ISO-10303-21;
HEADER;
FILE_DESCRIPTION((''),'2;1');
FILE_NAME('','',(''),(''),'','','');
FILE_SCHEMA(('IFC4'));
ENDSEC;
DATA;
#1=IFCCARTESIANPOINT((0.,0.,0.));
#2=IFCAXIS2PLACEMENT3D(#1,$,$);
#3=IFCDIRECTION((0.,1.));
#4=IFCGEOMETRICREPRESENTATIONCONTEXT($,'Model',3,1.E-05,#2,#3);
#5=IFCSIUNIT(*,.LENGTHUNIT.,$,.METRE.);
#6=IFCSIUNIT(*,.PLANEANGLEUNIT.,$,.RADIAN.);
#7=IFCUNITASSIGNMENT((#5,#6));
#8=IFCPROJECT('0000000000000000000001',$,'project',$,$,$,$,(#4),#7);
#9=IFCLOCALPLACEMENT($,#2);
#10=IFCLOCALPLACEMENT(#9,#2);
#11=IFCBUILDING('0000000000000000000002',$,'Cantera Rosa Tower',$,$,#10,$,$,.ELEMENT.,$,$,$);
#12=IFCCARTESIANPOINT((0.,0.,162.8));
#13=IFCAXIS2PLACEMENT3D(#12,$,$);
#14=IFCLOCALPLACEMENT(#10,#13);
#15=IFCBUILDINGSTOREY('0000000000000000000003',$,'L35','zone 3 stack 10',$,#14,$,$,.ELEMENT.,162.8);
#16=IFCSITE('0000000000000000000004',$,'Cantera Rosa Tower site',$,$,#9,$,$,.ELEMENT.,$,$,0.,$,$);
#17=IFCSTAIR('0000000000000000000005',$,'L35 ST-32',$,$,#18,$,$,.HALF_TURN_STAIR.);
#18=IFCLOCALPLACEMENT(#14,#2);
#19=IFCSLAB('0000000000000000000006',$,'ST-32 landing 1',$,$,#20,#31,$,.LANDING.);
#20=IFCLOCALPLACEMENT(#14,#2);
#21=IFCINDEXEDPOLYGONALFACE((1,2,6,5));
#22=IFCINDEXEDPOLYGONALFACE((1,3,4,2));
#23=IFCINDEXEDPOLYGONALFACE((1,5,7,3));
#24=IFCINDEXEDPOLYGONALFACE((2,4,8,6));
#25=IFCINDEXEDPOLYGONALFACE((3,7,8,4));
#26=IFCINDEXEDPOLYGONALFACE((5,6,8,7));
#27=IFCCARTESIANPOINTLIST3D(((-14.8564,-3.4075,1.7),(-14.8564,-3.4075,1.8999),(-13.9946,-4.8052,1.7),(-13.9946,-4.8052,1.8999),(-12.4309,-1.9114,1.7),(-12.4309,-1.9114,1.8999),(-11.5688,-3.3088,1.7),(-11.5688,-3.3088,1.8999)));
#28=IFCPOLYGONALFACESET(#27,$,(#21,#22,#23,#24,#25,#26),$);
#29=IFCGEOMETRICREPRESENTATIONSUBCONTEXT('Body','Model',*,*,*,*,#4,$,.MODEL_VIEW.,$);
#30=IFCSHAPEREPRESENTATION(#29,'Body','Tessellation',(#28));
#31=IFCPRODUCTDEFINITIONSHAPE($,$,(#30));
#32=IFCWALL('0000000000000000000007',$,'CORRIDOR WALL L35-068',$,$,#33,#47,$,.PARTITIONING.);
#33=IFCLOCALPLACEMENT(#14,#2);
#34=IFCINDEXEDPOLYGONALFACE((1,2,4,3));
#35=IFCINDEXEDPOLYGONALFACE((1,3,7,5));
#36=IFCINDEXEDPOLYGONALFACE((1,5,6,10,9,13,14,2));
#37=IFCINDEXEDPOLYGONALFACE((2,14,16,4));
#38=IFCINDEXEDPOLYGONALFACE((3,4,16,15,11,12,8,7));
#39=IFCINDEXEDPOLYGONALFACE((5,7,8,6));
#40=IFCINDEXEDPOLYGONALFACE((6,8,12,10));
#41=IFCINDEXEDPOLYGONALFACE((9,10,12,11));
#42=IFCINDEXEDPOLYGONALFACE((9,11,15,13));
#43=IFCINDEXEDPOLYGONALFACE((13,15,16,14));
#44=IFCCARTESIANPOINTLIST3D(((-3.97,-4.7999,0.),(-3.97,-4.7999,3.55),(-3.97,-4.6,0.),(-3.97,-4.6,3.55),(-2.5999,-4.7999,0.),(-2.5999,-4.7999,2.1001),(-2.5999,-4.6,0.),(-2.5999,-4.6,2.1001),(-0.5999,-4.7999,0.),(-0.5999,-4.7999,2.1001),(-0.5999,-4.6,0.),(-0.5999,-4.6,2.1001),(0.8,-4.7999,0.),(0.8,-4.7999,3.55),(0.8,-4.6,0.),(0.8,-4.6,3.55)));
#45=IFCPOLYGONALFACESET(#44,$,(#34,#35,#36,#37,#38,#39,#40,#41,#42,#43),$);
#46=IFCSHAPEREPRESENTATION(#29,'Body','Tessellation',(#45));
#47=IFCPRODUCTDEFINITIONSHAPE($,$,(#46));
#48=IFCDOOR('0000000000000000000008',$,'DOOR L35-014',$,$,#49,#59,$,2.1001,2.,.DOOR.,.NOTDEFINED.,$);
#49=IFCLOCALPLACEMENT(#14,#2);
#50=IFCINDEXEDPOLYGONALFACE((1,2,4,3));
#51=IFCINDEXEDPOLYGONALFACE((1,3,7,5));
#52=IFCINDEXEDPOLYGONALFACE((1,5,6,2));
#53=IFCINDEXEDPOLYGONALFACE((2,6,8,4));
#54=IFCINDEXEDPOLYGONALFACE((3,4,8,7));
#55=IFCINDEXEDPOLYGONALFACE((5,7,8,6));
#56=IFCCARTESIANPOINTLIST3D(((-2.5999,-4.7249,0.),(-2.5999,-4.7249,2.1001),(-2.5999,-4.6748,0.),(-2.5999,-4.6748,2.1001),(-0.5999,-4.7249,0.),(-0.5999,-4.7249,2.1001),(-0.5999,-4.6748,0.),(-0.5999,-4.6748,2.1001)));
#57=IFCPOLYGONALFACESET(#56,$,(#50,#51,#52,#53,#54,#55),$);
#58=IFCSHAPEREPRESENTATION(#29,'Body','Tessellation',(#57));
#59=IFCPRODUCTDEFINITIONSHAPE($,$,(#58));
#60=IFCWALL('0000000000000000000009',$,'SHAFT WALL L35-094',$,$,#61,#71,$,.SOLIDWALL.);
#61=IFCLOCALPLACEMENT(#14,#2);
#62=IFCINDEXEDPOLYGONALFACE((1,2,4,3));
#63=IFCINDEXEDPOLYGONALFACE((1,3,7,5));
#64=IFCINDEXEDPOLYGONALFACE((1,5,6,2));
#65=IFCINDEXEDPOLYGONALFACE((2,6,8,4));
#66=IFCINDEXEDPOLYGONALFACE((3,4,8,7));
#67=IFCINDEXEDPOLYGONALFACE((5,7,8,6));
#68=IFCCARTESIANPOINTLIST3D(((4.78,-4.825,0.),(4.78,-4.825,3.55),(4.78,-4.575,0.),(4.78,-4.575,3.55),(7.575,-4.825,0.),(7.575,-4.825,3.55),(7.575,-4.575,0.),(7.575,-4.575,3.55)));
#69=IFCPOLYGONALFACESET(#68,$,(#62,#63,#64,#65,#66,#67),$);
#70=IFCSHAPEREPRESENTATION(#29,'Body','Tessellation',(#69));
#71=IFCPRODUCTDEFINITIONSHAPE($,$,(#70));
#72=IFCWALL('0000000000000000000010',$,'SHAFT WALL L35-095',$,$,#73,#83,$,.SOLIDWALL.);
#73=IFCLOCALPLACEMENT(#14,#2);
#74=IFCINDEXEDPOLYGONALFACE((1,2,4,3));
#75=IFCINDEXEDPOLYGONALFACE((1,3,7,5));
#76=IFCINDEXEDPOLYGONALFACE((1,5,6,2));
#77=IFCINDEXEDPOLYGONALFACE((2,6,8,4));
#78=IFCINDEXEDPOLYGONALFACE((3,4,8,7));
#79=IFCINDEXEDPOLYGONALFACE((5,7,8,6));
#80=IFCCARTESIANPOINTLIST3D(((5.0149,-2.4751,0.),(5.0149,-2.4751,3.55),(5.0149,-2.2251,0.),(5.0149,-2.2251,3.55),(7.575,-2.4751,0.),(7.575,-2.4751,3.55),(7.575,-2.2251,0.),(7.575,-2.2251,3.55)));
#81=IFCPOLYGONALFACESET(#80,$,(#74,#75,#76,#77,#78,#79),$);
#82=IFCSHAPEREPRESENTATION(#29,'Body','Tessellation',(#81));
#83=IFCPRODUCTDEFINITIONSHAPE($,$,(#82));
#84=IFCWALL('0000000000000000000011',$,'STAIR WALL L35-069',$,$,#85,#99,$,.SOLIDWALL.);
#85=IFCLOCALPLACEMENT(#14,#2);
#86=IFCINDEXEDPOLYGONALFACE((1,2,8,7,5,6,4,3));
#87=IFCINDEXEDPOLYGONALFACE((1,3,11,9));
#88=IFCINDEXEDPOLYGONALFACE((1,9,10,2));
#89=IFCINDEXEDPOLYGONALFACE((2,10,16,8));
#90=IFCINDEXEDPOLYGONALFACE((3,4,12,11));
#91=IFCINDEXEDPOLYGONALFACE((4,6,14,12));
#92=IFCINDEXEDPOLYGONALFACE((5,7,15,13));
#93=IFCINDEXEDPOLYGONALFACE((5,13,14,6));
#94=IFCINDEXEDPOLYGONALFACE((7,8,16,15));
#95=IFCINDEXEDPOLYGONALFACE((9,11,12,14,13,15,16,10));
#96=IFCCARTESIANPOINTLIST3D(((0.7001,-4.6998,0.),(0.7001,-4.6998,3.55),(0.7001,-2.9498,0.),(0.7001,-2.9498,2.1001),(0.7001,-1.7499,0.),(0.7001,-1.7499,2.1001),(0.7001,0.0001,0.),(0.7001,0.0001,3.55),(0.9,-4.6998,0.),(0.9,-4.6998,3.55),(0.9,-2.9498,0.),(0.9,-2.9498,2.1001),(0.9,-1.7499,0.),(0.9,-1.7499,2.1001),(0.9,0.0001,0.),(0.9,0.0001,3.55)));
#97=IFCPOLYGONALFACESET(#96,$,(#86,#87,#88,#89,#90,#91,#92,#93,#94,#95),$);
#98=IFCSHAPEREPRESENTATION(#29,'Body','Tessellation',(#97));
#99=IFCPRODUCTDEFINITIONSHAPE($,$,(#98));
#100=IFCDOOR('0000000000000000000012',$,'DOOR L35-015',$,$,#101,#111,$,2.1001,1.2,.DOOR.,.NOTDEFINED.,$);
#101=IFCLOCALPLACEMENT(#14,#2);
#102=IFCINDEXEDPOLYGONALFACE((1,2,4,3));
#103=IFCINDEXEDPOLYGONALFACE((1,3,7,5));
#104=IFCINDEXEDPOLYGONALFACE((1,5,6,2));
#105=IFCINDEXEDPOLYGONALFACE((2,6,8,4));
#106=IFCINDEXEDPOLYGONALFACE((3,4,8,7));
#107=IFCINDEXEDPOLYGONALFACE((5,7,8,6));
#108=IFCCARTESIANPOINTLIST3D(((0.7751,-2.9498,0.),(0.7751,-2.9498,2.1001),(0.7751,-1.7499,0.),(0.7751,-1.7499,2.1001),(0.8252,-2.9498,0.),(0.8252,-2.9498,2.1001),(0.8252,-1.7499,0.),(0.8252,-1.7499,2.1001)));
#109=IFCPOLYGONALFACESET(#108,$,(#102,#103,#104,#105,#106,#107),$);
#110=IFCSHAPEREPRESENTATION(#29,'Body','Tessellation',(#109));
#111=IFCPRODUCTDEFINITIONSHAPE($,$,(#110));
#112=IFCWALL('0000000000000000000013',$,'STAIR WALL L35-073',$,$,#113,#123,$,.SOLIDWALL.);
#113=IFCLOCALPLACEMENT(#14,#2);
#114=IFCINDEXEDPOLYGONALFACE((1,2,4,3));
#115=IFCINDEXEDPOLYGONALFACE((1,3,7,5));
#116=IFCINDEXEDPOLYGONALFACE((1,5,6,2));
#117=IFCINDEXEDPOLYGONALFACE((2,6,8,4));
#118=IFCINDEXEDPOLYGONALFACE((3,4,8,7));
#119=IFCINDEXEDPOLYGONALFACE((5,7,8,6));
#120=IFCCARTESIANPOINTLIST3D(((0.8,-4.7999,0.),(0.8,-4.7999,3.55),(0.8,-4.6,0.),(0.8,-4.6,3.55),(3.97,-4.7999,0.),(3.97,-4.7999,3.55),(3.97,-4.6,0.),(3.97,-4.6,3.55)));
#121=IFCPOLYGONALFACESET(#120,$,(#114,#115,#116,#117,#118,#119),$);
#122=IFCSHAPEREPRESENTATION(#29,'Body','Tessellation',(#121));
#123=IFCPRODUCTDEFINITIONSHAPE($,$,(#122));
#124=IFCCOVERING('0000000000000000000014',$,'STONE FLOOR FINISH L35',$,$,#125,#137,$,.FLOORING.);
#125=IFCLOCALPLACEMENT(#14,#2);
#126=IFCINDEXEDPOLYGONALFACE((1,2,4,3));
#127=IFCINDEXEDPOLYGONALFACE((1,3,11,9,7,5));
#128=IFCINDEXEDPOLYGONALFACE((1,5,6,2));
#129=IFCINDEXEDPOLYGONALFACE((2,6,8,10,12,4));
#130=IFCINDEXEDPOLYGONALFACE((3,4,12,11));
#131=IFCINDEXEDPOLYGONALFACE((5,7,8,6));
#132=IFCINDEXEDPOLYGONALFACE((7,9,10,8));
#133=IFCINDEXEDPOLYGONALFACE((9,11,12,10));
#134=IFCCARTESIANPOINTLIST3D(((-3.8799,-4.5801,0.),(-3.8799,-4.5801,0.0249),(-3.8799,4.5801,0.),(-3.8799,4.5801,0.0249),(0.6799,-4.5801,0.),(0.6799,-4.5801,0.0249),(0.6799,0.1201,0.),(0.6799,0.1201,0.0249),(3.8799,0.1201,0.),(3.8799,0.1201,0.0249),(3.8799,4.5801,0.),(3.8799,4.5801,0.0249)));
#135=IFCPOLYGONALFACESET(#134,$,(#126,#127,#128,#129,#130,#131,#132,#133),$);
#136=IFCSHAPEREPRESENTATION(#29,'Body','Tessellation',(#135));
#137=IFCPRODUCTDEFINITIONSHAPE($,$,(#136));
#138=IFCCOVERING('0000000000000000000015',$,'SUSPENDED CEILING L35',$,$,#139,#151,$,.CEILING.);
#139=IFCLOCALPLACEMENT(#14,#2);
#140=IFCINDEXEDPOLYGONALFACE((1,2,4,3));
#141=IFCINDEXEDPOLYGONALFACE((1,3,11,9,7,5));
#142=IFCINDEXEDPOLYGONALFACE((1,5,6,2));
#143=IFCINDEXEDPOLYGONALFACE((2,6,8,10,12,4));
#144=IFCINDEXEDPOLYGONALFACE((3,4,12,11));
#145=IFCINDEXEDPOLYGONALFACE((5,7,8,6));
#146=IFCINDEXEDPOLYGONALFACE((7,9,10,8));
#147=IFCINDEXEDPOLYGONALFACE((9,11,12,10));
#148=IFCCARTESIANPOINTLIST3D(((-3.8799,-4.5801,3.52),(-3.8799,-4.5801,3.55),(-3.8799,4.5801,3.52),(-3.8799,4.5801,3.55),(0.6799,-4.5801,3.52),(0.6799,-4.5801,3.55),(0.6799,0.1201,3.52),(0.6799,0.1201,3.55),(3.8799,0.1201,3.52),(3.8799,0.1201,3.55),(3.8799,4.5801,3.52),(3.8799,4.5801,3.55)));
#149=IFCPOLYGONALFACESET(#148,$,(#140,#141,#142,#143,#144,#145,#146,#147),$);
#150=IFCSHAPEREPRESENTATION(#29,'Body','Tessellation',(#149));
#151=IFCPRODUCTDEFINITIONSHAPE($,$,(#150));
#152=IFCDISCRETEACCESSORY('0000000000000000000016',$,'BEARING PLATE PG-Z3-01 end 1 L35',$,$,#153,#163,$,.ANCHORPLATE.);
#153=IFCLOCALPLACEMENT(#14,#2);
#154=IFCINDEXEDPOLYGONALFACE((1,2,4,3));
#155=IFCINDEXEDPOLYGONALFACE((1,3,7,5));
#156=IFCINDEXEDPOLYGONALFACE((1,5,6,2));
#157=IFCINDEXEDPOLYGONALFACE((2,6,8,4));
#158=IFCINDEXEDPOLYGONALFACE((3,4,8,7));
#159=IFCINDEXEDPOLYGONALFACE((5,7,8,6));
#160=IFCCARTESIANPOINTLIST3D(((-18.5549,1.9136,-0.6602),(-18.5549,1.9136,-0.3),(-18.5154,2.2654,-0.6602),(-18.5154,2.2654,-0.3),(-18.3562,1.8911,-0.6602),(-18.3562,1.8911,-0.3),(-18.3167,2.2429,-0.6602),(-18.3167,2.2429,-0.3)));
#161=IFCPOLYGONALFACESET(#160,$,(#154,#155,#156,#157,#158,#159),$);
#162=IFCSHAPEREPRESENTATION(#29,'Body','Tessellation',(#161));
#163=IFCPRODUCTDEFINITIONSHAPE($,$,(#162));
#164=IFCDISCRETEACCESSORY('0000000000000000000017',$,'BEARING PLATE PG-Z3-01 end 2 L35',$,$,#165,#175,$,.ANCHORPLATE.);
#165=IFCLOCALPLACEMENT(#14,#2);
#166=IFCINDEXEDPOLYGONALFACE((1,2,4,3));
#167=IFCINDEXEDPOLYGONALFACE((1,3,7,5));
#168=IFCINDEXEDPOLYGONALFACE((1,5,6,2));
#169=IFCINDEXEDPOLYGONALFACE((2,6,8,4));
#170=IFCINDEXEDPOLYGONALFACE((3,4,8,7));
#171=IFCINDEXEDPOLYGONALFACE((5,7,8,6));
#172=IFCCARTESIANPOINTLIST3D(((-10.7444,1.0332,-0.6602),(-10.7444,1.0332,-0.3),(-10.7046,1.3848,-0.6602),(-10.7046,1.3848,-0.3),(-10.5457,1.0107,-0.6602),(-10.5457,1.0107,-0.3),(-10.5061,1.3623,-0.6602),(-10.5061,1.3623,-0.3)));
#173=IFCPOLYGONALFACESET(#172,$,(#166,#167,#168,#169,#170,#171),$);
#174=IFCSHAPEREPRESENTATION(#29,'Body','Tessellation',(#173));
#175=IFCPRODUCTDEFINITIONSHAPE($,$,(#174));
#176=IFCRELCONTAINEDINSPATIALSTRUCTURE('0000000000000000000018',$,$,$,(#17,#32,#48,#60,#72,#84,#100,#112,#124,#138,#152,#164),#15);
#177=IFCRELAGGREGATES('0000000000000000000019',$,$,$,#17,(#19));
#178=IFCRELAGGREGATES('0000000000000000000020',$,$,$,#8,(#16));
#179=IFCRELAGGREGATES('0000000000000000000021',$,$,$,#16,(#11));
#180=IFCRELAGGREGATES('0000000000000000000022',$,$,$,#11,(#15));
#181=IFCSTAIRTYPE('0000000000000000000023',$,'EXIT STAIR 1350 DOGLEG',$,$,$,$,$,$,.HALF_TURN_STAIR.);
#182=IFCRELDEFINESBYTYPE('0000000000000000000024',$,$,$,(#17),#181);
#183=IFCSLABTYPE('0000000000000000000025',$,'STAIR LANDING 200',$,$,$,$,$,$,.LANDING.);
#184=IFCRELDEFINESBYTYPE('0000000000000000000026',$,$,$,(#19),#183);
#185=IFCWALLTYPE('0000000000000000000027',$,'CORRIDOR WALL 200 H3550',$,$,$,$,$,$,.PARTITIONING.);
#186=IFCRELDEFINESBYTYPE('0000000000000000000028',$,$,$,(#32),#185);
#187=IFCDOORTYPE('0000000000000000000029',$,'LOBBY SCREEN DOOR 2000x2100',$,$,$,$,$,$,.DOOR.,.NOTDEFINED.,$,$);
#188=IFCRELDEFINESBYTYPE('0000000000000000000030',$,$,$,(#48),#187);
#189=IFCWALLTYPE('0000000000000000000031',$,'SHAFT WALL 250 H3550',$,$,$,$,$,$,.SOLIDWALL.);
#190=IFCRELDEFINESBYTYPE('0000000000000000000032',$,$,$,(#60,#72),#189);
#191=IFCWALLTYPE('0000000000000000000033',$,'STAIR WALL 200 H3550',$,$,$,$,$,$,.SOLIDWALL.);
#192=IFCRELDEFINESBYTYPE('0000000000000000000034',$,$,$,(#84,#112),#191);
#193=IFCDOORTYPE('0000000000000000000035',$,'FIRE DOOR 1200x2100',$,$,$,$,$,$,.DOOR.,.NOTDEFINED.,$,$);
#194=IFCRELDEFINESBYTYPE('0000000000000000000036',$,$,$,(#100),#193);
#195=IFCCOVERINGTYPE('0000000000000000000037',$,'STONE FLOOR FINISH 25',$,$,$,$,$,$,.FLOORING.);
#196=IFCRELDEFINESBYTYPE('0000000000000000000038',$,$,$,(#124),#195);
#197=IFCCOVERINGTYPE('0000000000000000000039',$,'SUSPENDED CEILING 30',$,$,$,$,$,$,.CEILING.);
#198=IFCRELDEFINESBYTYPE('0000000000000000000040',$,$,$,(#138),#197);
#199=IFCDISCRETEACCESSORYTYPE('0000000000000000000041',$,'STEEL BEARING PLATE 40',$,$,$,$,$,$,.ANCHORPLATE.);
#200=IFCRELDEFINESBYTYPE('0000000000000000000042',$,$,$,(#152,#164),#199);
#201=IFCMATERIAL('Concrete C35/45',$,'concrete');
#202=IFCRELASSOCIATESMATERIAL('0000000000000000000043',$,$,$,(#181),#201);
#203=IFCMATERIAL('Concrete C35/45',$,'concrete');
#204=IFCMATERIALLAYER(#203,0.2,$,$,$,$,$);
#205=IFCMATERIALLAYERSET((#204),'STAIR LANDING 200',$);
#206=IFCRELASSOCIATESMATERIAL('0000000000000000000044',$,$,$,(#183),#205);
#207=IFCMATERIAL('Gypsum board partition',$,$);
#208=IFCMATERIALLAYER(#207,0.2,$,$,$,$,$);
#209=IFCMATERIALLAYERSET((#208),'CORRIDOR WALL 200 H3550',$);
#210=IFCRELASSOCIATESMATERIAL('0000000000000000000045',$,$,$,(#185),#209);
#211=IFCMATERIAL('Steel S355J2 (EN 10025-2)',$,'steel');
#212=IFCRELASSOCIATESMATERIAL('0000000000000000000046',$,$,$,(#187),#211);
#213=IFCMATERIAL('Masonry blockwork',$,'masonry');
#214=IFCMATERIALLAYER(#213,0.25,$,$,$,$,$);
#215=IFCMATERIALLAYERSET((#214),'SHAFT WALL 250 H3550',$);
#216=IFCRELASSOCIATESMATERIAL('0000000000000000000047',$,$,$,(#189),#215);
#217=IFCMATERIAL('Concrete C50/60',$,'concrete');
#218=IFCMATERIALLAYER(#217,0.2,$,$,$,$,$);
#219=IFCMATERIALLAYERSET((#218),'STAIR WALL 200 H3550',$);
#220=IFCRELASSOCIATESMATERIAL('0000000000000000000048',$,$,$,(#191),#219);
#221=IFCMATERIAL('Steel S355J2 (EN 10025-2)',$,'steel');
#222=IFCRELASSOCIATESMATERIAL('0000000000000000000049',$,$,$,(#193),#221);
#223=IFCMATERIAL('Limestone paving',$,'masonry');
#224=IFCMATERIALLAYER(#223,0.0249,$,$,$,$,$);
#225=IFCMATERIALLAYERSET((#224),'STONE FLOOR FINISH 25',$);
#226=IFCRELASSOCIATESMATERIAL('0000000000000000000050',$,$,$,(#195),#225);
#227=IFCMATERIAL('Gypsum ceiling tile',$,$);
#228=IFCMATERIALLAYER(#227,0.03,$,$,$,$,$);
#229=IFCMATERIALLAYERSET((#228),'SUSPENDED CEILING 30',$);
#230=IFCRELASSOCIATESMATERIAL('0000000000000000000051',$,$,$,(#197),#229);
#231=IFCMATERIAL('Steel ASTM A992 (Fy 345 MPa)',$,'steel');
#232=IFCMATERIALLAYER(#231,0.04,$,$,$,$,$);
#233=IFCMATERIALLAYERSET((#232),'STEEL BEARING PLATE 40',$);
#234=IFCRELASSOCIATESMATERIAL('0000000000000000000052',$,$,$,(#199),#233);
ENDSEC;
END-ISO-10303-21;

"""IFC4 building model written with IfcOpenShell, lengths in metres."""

from ifc_helpers import new_model, si_unit, direction, frame, frame_2d, origin, place, context, subcontext, project, spatial, polyline, rectangle, outline, extrude, material, layer, layer_set, type_object, element, fill, aggregate, save


model = new_model("IFC4")

# Units and contexts
model_context = context("Model", 3, precision=1e-05, world=origin(), true_north=direction((0.0, 1.0)))
body_context = subcontext(model_context, "Body", "Model", "MODEL_VIEW")
ifc_project = project(units=[si_unit("LENGTHUNIT", "METRE"), si_unit("PLANEANGLEUNIT", "RADIAN")], contexts=[model_context])

# Site, building, storey
site_placement = place(None, origin())
site = spatial("IfcSite", under=ifc_project, at=site_placement, Name="Cantera Rosa Tower site", CompositionType="ELEMENT", RefElevation=0.0)
building_placement = place(site_placement, origin())
building = spatial("IfcBuilding", under=site, at=building_placement, Name="Cantera Rosa Tower", CompositionType="ELEMENT")
storey_placement = place(building_placement, frame((0.0, 0.0, 162.8)))
storey = spatial("IfcBuildingStorey", under=building, at=storey_placement, Name="L35", Description="zone 3 stack 10", CompositionType="ELEMENT", Elevation=162.8)

# Stair, slab
ifc_material_1 = material(Name="Concrete C35/45", Category="concrete")
stair_type = type_object("IfcStairType", Name="EXIT STAIR 1350 DOGLEG", PredefinedType="HALF_TURN_STAIR", material=ifc_material_1)
ifc_material_2 = material(Name="Concrete C35/45", Category="concrete")
ifc_layer_1 = layer(ifc_material_2, 0.2)
ifc_layer_set_1 = layer_set([ifc_layer_1], Name="STAIR LANDING 200")
slab_type_1 = type_object("IfcSlabType", Name="STAIR LANDING 200", PredefinedType="LANDING", material=ifc_layer_set_1)
stair_1_placement = place(storey_placement, origin())
stair_1 = element("IfcStair", 1, at=stair_1_placement, inside=storey, type_object=stair_type, Name="L35 ST-32", PredefinedType="HALF_TURN_STAIR")
slab_1_placement = place(storey_placement, frame((0.0, 0.0, 1.7)))
slab_1 = element("IfcSlab", 2, at=slab_1_placement, type_object=slab_type_1, Name="ST-32 landing 1", PredefinedType="LANDING", context=body_context, shape_type="SweptSolid", body=[
    extrude(outline(polyline([(-11.5688, -3.3088), (-12.4309, -1.9114), (-14.8564, -3.4075), (-13.9946, -4.8052), (-11.5688, -3.3088)])), origin(), (0.0, 0.0, 1.0), 0.2),
])
aggregate(stair_1, [slab_1])

# Wall, opening, door
ifc_material_3 = material(Name="Gypsum board partition")
ifc_layer_2 = layer(ifc_material_3, 0.2)
ifc_layer_set_2 = layer_set([ifc_layer_2], Name="CORRIDOR WALL 200 H3550")
wall_type_1 = type_object("IfcWallType", Name="CORRIDOR WALL 200 H3550", PredefinedType="PARTITIONING", material=ifc_layer_set_2)
wall_1_placement = place(storey_placement, frame((0.8, -4.7, 0.0), z_axis=(0.0, 0.0, 1.0), x_axis=(-1.0, 0.0, 0.0)))
wall_1 = element("IfcWall", 3, at=wall_1_placement, inside=storey, type_object=wall_type_1, Name="CORRIDOR WALL L35-068", PredefinedType="PARTITIONING", context=body_context, shape_type="SweptSolid", body=[
    extrude(rectangle(XDim=4.77, YDim=0.2, at=frame_2d((2.385, 0.0))), origin(), (0.0, 0.0, 1.0), 3.55),
])
opening_1_placement = place(wall_1_placement, frame((1.3999, 0.0, 0.0)))
opening_1 = element("IfcOpeningElement", 4, at=opening_1_placement, cuts=wall_1, PredefinedType="OPENING", context=body_context, shape_type="SweptSolid", body=[
    extrude(rectangle(XDim=2.0, YDim=2.1001, at=frame_2d((1.0, 1.05))), frame((0.0, 0.1099, 0.0), z_axis=(0.0, -1.0, 0.0), x_axis=(1.0, 0.0, 0.0)), (0.0, 0.0, 1.0), 0.22),
])
ifc_material_4 = material(Name="Steel S355J2 (EN 10025-2)", Category="steel")
door_type_1 = type_object("IfcDoorType", Name="LOBBY SCREEN DOOR 2000x2100", OperationType="NOTDEFINED", PredefinedType="DOOR", material=ifc_material_4)
door_1_placement = place(opening_1_placement, origin())
door_1 = element("IfcDoor", 5, at=door_1_placement, inside=storey, type_object=door_type_1, Name="DOOR L35-014", OperationType="NOTDEFINED", OverallHeight=2.1001, OverallWidth=2.0, PredefinedType="DOOR", context=body_context, shape_type="SweptSolid", body=[
    extrude(rectangle(XDim=2.0, YDim=2.1001, at=frame_2d((1.0, 1.05))), frame((0.0, 0.0249, 0.0), z_axis=(0.0, -1.0, 0.0), x_axis=(1.0, 0.0, 0.0)), (0.0, 0.0, 1.0), 0.05),
])
fill(opening_1, door_1)

# Walls
ifc_material_5 = material(Name="Masonry blockwork", Category="masonry")
ifc_layer_3 = layer(ifc_material_5, 0.25)
ifc_layer_set_3 = layer_set([ifc_layer_3], Name="SHAFT WALL 250 H3550")
wall_type_2 = type_object("IfcWallType", Name="SHAFT WALL 250 H3550", PredefinedType="SOLIDWALL", material=ifc_layer_set_3)
wall_2_placement = place(storey_placement, frame((7.575, -4.7, 0.0), z_axis=(0.0, 0.0, 1.0), x_axis=(-1.0, 0.0, 0.0)))
element("IfcWall", 6, at=wall_2_placement, inside=storey, type_object=wall_type_2, Name="SHAFT WALL L35-094", PredefinedType="SOLIDWALL", context=body_context, shape_type="SweptSolid", body=[
    extrude(rectangle(XDim=2.7949, YDim=0.25, at=frame_2d((1.3975, 0.0))), origin(), (0.0, 0.0, 1.0), 3.55),
])
wall_3_placement = place(storey_placement, frame((7.575, -2.3501, 0.0), z_axis=(0.0, 0.0, 1.0), x_axis=(-1.0, 0.0, 0.0)))
element("IfcWall", 7, at=wall_3_placement, inside=storey, type_object=wall_type_2, Name="SHAFT WALL L35-095", PredefinedType="SOLIDWALL", context=body_context, shape_type="SweptSolid", body=[
    extrude(rectangle(XDim=2.5601, YDim=0.25, at=frame_2d((1.28, 0.0))), origin(), (0.0, 0.0, 1.0), 3.55),
])

# Wall, opening, door
ifc_material_6 = material(Name="Concrete C50/60", Category="concrete")
ifc_layer_4 = layer(ifc_material_6, 0.2)
ifc_layer_set_4 = layer_set([ifc_layer_4], Name="STAIR WALL 200 H3550")
wall_type_3 = type_object("IfcWallType", Name="STAIR WALL 200 H3550", PredefinedType="SOLIDWALL", material=ifc_layer_set_4)
wall_4_placement = place(storey_placement, frame((0.8, -4.7, 0.0), z_axis=(0.0, 0.0, 1.0), x_axis=(0.0, 1.0, 0.0)))
wall_4 = element("IfcWall", 8, at=wall_4_placement, inside=storey, type_object=wall_type_3, Name="STAIR WALL L35-069", PredefinedType="SOLIDWALL", context=body_context, shape_type="SweptSolid", body=[
    extrude(rectangle(XDim=4.7, YDim=0.2, at=frame_2d((2.3501, 0.0))), origin(), (0.0, 0.0, 1.0), 3.55),
])
opening_2_placement = place(wall_4_placement, frame((1.75, 0.0, 0.0)))
opening_2 = element("IfcOpeningElement", 9, at=opening_2_placement, cuts=wall_4, PredefinedType="OPENING", context=body_context, shape_type="SweptSolid", body=[
    extrude(rectangle(XDim=1.2, YDim=2.1001, at=frame_2d((0.6001, 1.05))), frame((0.0, 0.1099, 0.0), z_axis=(0.0, -1.0, 0.0), x_axis=(1.0, 0.0, 0.0)), (0.0, 0.0, 1.0), 0.22),
])
ifc_material_7 = material(Name="Steel S355J2 (EN 10025-2)", Category="steel")
door_type_2 = type_object("IfcDoorType", Name="FIRE DOOR 1200x2100", OperationType="NOTDEFINED", PredefinedType="DOOR", material=ifc_material_7)
door_2_placement = place(opening_2_placement, origin())
door_2 = element("IfcDoor", 10, at=door_2_placement, inside=storey, type_object=door_type_2, Name="DOOR L35-015", OperationType="NOTDEFINED", OverallHeight=2.1001, OverallWidth=1.2, PredefinedType="DOOR", context=body_context, shape_type="SweptSolid", body=[
    extrude(rectangle(XDim=1.2, YDim=2.1001, at=frame_2d((0.6001, 1.05))), frame((0.0, 0.0249, 0.0), z_axis=(0.0, -1.0, 0.0), x_axis=(1.0, 0.0, 0.0)), (0.0, 0.0, 1.0), 0.05),
])
fill(opening_2, door_2)

# Wall
wall_5_placement = place(storey_placement, frame((3.97, -4.7, 0.0), z_axis=(0.0, 0.0, 1.0), x_axis=(-1.0, 0.0, 0.0)))
element("IfcWall", 11, at=wall_5_placement, inside=storey, type_object=wall_type_3, Name="STAIR WALL L35-073", PredefinedType="SOLIDWALL", context=body_context, shape_type="SweptSolid", body=[
    extrude(rectangle(XDim=3.1699, YDim=0.2, at=frame_2d((1.585, 0.0))), origin(), (0.0, 0.0, 1.0), 3.55),
])

# Coverings
ifc_material_8 = material(Name="Limestone paving", Category="masonry")
ifc_layer_5 = layer(ifc_material_8, 0.0249)
ifc_layer_set_5 = layer_set([ifc_layer_5], Name="STONE FLOOR FINISH 25")
covering_type_1 = type_object("IfcCoveringType", Name="STONE FLOOR FINISH 25", PredefinedType="FLOORING", material=ifc_layer_set_5)
covering_1_placement = place(storey_placement, origin())
element("IfcCovering", 12, at=covering_1_placement, inside=storey, type_object=covering_type_1, Name="STONE FLOOR FINISH L35", PredefinedType="FLOORING", context=body_context, shape_type="SweptSolid", body=[
    extrude(outline(polyline([(3.8799, 4.5801), (3.8799, 0.1201), (0.6799, 0.1201), (0.6799, -4.5801), (-3.8799, -4.5801), (-3.8799, 4.5801), (3.8799, 4.5801)])), origin(), (0.0, 0.0, 1.0), 0.0249),
])
ifc_material_9 = material(Name="Gypsum ceiling tile")
ifc_layer_6 = layer(ifc_material_9, 0.03)
ifc_layer_set_6 = layer_set([ifc_layer_6], Name="SUSPENDED CEILING 30")
covering_type_2 = type_object("IfcCoveringType", Name="SUSPENDED CEILING 30", PredefinedType="CEILING", material=ifc_layer_set_6)
covering_2_placement = place(storey_placement, frame((0.0, 0.0, 3.52)))
element("IfcCovering", 13, at=covering_2_placement, inside=storey, type_object=covering_type_2, Name="SUSPENDED CEILING L35", PredefinedType="CEILING", context=body_context, shape_type="SweptSolid", body=[
    extrude(outline(polyline([(3.8799, 4.5801), (3.8799, 0.1201), (0.6799, 0.1201), (0.6799, -4.5801), (-3.8799, -4.5801), (-3.8799, 4.5801), (3.8799, 4.5801)])), origin(), (0.0, 0.0, 1.0), 0.03),
])

# Discrete accessories
ifc_material_10 = material(Name="Steel ASTM A992 (Fy 345 MPa)", Category="steel")
ifc_layer_7 = layer(ifc_material_10, 0.04)
ifc_layer_set_7 = layer_set([ifc_layer_7], Name="STEEL BEARING PLATE 40")
discrete_accessory_type = type_object("IfcDiscreteAccessoryType", Name="STEEL BEARING PLATE 40", PredefinedType="ANCHORPLATE", material=ifc_layer_set_7)
discrete_accessory_1_placement = place(storey_placement, frame((0.0, 0.0, -0.6602)))
element("IfcDiscreteAccessory", 14, at=discrete_accessory_1_placement, inside=storey, type_object=discrete_accessory_type, Name="BEARING PLATE PG-Z3-01 end 1 L35", PredefinedType="ANCHORPLATE", context=body_context, shape_type="SweptSolid", body=[
    extrude(outline(polyline([(-18.3167, 2.2429), (-18.5154, 2.2654), (-18.5549, 1.9136), (-18.3562, 1.8911), (-18.3167, 2.2429)])), origin(), (0.0, 0.0, 1.0), 0.3601),
])
discrete_accessory_2_placement = place(storey_placement, frame((0.0, 0.0, -0.6602)))
element("IfcDiscreteAccessory", 15, at=discrete_accessory_2_placement, inside=storey, type_object=discrete_accessory_type, Name="BEARING PLATE PG-Z3-01 end 2 L35", PredefinedType="ANCHORPLATE", context=body_context, shape_type="SweptSolid", body=[
    extrude(outline(polyline([(-10.7444, 1.0332), (-10.5457, 1.0107), (-10.5061, 1.3623), (-10.7046, 1.3848), (-10.7444, 1.0332)])), origin(), (0.0, 0.0, 1.0), 0.3601),
])

save(model, "model.ifc")
